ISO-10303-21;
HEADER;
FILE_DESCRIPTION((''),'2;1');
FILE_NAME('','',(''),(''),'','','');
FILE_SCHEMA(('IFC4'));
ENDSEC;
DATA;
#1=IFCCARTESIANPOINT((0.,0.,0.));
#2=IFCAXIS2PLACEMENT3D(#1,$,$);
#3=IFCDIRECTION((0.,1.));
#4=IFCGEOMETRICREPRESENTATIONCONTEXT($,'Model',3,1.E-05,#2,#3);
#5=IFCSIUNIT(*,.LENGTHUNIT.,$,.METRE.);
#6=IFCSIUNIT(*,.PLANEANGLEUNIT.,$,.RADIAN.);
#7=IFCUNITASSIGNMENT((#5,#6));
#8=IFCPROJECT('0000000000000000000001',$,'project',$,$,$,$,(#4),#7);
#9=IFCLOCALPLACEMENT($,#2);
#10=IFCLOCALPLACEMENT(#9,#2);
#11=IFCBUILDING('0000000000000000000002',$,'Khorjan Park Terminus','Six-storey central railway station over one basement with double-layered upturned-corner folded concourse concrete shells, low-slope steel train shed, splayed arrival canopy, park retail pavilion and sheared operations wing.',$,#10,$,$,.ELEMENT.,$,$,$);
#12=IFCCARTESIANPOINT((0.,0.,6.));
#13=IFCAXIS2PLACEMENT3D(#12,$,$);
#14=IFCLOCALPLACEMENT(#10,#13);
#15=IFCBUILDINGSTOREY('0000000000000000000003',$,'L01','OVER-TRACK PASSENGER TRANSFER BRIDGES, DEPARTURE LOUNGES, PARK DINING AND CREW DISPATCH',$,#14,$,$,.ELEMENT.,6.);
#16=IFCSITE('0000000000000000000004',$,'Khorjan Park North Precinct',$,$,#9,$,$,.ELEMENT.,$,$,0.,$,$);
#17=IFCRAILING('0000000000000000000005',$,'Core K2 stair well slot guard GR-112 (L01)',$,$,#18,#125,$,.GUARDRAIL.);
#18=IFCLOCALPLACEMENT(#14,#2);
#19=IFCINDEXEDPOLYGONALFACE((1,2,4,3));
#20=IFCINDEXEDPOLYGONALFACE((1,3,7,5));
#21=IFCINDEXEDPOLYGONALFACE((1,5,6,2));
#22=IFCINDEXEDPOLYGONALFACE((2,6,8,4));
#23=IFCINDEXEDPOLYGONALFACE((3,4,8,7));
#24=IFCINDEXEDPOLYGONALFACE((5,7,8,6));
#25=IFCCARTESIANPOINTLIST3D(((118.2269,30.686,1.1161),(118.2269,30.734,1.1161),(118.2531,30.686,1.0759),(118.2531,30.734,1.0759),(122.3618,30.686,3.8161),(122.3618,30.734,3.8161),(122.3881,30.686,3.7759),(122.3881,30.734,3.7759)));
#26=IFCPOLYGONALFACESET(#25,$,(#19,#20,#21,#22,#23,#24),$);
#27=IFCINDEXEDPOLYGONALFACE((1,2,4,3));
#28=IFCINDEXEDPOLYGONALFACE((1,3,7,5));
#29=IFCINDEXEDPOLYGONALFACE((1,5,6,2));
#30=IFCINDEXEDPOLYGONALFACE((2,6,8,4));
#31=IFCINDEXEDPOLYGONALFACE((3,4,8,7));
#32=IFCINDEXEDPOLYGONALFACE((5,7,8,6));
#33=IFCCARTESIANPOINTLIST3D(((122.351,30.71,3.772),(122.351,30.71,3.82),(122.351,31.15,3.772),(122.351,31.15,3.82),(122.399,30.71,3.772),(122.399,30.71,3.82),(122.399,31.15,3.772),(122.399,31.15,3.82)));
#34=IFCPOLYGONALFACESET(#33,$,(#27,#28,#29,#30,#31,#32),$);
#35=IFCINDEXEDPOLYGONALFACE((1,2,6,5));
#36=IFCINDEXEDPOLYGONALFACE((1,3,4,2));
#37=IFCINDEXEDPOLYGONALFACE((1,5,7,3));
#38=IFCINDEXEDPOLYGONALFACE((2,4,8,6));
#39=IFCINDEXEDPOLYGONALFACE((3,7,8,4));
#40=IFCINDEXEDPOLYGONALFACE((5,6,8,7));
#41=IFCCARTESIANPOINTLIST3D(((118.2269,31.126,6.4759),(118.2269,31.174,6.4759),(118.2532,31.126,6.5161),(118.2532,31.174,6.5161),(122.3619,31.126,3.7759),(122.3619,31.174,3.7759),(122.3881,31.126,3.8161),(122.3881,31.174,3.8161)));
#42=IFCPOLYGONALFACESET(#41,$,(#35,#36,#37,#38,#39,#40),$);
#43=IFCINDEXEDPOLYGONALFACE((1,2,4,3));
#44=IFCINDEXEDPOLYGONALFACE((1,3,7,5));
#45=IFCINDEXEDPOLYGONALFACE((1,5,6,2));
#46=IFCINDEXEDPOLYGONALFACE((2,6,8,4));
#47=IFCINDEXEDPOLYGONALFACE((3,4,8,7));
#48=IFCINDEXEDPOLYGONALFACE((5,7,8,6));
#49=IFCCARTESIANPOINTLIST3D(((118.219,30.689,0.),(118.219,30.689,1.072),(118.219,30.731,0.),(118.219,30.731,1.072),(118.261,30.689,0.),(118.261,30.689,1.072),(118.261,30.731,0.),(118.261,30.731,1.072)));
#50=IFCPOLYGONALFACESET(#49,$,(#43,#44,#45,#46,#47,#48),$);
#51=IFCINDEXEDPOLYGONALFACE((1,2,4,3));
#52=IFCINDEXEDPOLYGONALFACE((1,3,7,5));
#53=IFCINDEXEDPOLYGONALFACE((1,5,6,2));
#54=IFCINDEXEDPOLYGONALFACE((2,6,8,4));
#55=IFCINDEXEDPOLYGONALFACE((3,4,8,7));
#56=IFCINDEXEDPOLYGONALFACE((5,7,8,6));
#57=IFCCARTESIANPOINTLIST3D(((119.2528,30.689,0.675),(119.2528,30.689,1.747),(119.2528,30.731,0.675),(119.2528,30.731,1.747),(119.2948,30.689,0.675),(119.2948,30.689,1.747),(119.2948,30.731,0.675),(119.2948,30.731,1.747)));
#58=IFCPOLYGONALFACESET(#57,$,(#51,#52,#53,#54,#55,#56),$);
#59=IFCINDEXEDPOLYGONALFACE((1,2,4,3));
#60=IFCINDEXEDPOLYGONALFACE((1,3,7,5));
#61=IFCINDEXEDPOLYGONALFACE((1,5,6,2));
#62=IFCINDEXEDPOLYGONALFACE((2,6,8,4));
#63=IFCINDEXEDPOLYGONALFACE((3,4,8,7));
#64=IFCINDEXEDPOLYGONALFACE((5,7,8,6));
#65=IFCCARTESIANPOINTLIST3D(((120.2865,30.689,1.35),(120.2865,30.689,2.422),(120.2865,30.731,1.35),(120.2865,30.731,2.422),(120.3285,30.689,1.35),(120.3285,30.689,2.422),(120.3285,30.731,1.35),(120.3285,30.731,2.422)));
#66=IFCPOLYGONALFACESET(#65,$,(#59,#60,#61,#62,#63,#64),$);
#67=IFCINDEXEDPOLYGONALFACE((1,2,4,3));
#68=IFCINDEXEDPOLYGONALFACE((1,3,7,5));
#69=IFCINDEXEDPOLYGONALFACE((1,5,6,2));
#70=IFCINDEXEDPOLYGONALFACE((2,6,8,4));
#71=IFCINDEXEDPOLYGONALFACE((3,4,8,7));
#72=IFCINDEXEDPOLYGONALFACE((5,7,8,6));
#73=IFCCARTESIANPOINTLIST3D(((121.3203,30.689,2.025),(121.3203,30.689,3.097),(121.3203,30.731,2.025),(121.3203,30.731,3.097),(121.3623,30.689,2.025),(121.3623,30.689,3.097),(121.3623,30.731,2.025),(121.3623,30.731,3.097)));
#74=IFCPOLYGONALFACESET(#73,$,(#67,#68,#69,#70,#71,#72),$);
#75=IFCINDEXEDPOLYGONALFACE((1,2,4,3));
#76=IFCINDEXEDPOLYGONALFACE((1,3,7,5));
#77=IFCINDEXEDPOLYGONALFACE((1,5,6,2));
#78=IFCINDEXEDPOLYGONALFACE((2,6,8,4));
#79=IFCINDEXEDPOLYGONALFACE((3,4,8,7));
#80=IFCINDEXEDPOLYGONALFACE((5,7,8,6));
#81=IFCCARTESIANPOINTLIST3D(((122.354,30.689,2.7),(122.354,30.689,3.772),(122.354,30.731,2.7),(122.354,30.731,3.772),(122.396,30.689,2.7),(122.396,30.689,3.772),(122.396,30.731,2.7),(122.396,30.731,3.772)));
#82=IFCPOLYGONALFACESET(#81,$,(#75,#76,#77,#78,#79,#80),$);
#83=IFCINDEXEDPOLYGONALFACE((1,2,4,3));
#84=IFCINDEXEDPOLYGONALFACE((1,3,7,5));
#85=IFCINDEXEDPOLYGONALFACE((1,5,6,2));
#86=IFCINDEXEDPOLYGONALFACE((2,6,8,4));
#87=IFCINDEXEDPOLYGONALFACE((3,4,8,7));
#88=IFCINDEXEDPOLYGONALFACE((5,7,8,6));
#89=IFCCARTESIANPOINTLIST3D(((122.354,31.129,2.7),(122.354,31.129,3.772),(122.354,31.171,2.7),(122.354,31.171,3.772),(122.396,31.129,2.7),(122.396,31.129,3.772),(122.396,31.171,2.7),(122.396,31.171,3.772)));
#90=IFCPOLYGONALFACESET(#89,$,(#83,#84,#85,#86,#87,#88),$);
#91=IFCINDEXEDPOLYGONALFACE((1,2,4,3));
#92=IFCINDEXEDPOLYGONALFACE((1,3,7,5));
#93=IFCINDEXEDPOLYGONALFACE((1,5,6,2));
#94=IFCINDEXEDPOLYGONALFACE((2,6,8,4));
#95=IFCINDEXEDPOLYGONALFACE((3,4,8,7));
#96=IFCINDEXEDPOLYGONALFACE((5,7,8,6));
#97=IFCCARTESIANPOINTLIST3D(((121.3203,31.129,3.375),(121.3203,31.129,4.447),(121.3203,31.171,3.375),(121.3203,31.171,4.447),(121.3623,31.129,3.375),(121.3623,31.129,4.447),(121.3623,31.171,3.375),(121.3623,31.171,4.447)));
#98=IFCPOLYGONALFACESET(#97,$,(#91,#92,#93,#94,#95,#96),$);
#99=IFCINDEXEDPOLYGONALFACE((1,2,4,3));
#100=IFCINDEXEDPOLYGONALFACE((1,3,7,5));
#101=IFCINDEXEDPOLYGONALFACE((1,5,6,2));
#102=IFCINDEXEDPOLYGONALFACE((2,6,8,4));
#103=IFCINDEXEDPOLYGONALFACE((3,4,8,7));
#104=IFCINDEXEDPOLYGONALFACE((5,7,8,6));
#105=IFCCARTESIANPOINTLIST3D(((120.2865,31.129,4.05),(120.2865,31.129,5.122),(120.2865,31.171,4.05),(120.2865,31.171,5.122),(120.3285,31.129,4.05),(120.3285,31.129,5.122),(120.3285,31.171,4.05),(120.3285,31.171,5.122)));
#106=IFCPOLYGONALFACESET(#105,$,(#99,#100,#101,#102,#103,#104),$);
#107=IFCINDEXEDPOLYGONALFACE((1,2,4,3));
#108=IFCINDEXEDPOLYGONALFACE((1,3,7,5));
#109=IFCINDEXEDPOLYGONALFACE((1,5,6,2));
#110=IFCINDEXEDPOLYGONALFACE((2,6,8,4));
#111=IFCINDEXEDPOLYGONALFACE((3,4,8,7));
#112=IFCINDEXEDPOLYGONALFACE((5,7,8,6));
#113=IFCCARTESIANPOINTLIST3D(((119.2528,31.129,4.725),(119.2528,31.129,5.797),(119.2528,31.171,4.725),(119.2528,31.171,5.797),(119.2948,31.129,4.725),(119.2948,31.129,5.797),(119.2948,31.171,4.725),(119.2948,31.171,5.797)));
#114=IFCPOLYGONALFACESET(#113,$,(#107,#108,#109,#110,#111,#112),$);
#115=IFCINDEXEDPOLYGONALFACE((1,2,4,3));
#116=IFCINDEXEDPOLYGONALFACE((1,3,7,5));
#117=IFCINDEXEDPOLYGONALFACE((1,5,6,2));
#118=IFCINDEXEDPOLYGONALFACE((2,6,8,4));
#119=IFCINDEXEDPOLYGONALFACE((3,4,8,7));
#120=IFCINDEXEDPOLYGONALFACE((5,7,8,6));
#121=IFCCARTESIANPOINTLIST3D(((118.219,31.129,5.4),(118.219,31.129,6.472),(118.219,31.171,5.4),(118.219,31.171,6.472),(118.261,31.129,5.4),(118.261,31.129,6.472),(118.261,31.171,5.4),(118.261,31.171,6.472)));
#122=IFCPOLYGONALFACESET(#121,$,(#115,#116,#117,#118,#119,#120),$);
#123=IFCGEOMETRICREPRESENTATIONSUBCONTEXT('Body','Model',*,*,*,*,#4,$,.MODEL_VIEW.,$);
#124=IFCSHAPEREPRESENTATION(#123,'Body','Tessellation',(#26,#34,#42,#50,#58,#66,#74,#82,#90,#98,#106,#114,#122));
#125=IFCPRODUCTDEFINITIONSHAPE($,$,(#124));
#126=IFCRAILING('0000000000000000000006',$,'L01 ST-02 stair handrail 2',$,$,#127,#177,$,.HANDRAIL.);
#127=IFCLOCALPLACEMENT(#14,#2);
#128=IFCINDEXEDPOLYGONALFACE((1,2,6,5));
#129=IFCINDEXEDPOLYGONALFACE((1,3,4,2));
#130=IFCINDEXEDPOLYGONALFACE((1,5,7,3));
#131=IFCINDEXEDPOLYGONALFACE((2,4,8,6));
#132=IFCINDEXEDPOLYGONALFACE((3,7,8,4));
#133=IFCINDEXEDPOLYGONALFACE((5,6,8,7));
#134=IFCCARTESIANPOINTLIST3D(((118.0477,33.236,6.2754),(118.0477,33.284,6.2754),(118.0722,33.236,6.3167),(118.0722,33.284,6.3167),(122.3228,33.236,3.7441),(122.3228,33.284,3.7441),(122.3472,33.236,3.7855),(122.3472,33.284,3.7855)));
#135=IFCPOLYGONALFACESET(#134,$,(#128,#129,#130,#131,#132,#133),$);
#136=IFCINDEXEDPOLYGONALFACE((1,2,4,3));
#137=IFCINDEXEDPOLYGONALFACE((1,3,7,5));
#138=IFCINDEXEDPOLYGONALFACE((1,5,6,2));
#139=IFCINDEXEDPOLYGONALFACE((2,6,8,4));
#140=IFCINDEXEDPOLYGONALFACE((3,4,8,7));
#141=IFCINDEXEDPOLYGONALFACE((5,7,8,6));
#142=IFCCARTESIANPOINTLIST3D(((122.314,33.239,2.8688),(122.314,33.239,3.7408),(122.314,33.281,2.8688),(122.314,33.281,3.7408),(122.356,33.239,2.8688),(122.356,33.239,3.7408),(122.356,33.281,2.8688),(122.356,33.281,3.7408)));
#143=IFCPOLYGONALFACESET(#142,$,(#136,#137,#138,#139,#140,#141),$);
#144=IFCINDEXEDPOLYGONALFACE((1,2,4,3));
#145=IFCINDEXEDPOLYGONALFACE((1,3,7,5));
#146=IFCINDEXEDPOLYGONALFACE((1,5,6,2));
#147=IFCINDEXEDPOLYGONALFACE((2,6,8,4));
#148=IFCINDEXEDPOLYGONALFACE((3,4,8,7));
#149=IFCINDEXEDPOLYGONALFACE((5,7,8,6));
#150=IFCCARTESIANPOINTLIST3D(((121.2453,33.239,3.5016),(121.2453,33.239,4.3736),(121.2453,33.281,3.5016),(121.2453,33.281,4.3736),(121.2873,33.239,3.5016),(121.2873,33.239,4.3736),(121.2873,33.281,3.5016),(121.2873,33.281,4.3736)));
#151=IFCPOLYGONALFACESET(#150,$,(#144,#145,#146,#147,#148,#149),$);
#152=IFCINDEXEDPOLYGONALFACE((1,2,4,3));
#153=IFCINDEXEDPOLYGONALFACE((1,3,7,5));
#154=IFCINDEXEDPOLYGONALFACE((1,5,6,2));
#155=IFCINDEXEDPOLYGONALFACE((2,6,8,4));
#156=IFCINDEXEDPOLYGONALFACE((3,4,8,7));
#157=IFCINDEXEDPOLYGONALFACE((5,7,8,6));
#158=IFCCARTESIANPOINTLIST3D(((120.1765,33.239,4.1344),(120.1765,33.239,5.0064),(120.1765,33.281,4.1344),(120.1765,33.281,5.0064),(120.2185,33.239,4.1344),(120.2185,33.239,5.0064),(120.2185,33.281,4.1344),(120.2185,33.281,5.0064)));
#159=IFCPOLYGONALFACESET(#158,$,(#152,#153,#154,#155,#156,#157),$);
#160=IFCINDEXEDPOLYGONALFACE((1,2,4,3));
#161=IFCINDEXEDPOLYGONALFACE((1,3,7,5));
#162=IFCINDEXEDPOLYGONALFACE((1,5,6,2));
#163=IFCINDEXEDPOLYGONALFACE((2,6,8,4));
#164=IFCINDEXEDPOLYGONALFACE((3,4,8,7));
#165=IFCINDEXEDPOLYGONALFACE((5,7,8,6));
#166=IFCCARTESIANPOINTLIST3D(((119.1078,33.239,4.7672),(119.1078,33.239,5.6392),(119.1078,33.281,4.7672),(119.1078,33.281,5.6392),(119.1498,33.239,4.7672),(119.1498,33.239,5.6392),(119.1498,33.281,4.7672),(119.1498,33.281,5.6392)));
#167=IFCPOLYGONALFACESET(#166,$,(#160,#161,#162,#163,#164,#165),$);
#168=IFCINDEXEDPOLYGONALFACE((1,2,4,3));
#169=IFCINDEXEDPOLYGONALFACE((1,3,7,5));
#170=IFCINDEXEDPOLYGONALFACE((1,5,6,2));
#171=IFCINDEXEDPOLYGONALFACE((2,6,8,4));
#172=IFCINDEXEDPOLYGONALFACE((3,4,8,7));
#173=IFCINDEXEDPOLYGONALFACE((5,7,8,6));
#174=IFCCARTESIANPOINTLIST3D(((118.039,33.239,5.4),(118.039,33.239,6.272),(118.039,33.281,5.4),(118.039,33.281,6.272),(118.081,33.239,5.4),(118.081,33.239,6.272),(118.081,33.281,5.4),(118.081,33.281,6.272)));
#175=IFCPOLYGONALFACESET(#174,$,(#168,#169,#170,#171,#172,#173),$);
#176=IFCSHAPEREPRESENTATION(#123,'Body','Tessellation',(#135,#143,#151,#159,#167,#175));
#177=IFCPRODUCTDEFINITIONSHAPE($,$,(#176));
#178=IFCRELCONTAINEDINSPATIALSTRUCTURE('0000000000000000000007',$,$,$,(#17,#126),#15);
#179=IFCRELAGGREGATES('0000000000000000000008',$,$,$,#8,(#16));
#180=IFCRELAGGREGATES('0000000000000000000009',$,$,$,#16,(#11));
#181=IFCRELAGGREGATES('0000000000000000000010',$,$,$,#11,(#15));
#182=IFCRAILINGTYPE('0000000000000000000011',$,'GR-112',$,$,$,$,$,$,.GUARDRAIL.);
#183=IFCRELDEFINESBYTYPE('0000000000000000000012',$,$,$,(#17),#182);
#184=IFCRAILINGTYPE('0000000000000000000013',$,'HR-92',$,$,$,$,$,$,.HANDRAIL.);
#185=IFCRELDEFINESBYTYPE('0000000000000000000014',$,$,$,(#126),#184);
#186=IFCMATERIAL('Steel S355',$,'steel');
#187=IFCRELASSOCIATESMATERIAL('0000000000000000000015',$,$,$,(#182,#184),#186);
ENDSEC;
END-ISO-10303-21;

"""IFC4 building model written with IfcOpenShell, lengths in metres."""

from ifc_helpers import new_model, si_unit, direction, frame, origin, origin_2d, place, context, subcontext, project, spatial, rectangle, extrude, material, type_object, element, save


model = new_model("IFC4")

# Units and contexts
model_context = context("Model", 3, precision=1e-05, world=origin(), true_north=direction((0.0, 1.0)))
body_context = subcontext(model_context, "Body", "Model", "MODEL_VIEW")
ifc_project = project(units=[si_unit("LENGTHUNIT", "METRE"), si_unit("PLANEANGLEUNIT", "RADIAN")], contexts=[model_context])

# Site, building, storey
site_placement = place(None, origin())
site = spatial("IfcSite", under=ifc_project, at=site_placement, Name="Khorjan Park North Precinct", CompositionType="ELEMENT", RefElevation=0.0)
building_placement = place(site_placement, origin())
building = spatial("IfcBuilding", under=site, at=building_placement, Name="Khorjan Park Terminus", Description="Six-storey central railway station over one basement with double-layered upturned-corner folded concourse concrete shells, low-slope steel train shed, splayed arrival canopy, park retail pavilion and sheared operations wing.", CompositionType="ELEMENT")
storey_placement = place(building_placement, frame((0.0, 0.0, 6.0)))
storey = spatial("IfcBuildingStorey", under=building, at=storey_placement, Name="L01", Description="OVER-TRACK PASSENGER TRANSFER BRIDGES, DEPARTURE LOUNGES, PARK DINING AND CREW DISPATCH", CompositionType="ELEMENT", Elevation=6.0)

# Shared definitions
ifc_material_1 = material(Name="Steel S355", Category="steel")

# Railings
railing_type_1 = type_object("IfcRailingType", Name="GR-112", PredefinedType="GUARDRAIL", material=ifc_material_1)
railing_1_placement = place(storey_placement, frame((118.24, 30.71, 0.0)))
element("IfcRailing", 1, at=railing_1_placement, inside=storey, type_object=railing_type_1, Name="Core K2 stair well slot guard GR-112 (L01)", PredefinedType="GUARDRAIL", context=body_context, shape_type="SweptSolid", body=[
    extrude(rectangle(XDim=0.048, YDim=0.048, at=origin_2d()), frame((0.0, 0.0, 1.096), z_axis=(0.837308, 0.0, 0.546731), x_axis=(0.0, 1.0, 0.0)), (0.0, 0.0, 1.0), 4.9384),
    extrude(rectangle(XDim=0.048, YDim=0.048, at=origin_2d()), frame((4.135, 0.0, 3.796), z_axis=(0.0, 1.0, 0.0), x_axis=(-1.0, 0.0, 0.0)), (0.0, 0.0, 1.0), 0.44),
    extrude(rectangle(XDim=0.048, YDim=0.048, at=origin_2d()), frame((4.135, 0.44, 3.796), z_axis=(-0.837308, 0.0, 0.546731), x_axis=(0.0, -1.0, 0.0)), (0.0, 0.0, 1.0), 4.9384),
    extrude(rectangle(XDim=0.042, YDim=0.042, at=origin_2d()), origin(), (0.0, 0.0, 1.0), 1.072),
    extrude(rectangle(XDim=0.042, YDim=0.042, at=origin_2d()), frame((1.0338, 0.0, 0.675)), (0.0, 0.0, 1.0), 1.072),
    extrude(rectangle(XDim=0.042, YDim=0.042, at=origin_2d()), frame((2.0675, 0.0, 1.35)), (0.0, 0.0, 1.0), 1.072),
    extrude(rectangle(XDim=0.042, YDim=0.042, at=origin_2d()), frame((3.1013, 0.0, 2.025)), (0.0, 0.0, 1.0), 1.072),
    extrude(rectangle(XDim=0.042, YDim=0.042, at=origin_2d()), frame((4.135, 0.0, 2.7)), (0.0, 0.0, 1.0), 1.072),
    extrude(rectangle(XDim=0.042, YDim=0.042, at=origin_2d()), frame((4.135, 0.44, 2.7)), (0.0, 0.0, 1.0), 1.072),
    extrude(rectangle(XDim=0.042, YDim=0.042, at=origin_2d()), frame((3.1013, 0.44, 3.375)), (0.0, 0.0, 1.0), 1.072),
    extrude(rectangle(XDim=0.042, YDim=0.042, at=origin_2d()), frame((2.0675, 0.44, 4.05)), (0.0, 0.0, 1.0), 1.072),
    extrude(rectangle(XDim=0.042, YDim=0.042, at=origin_2d()), frame((1.0338, 0.44, 4.725)), (0.0, 0.0, 1.0), 1.072),
    extrude(rectangle(XDim=0.042, YDim=0.042, at=origin_2d()), frame((0.0, 0.44, 5.4)), (0.0, 0.0, 1.0), 1.072),
])
railing_type_2 = type_object("IfcRailingType", Name="HR-92", PredefinedType="HANDRAIL", material=ifc_material_1)
railing_2_placement = place(storey_placement, frame((122.335, 33.26, 2.8688)))
element("IfcRailing", 2, at=railing_2_placement, inside=storey, type_object=railing_type_2, Name="L01 ST-02 stair handrail 2", PredefinedType="HANDRAIL", context=body_context, shape_type="SweptSolid", body=[
    extrude(rectangle(XDim=0.048, YDim=0.048, at=origin_2d()), frame((0.0, 0.0, 0.896), z_axis=(-0.86048, 0.0, 0.509485), x_axis=(0.0, -1.0, 0.0)), (0.0, 0.0, 1.0), 4.9682),
    extrude(rectangle(XDim=0.042, YDim=0.042, at=origin_2d()), origin(), (0.0, 0.0, 1.0), 0.872),
    extrude(rectangle(XDim=0.042, YDim=0.042, at=origin_2d()), frame((-1.0687, 0.0, 0.6328)), (0.0, 0.0, 1.0), 0.872),
    extrude(rectangle(XDim=0.042, YDim=0.042, at=origin_2d()), frame((-2.1375, 0.0, 1.2656)), (0.0, 0.0, 1.0), 0.872),
    extrude(rectangle(XDim=0.042, YDim=0.042, at=origin_2d()), frame((-3.2062, 0.0, 1.8984)), (0.0, 0.0, 1.0), 0.872),
    extrude(rectangle(XDim=0.042, YDim=0.042, at=origin_2d()), frame((-4.275, 0.0, 2.5312)), (0.0, 0.0, 1.0), 0.872),
])

save(model, "model.ifc")
